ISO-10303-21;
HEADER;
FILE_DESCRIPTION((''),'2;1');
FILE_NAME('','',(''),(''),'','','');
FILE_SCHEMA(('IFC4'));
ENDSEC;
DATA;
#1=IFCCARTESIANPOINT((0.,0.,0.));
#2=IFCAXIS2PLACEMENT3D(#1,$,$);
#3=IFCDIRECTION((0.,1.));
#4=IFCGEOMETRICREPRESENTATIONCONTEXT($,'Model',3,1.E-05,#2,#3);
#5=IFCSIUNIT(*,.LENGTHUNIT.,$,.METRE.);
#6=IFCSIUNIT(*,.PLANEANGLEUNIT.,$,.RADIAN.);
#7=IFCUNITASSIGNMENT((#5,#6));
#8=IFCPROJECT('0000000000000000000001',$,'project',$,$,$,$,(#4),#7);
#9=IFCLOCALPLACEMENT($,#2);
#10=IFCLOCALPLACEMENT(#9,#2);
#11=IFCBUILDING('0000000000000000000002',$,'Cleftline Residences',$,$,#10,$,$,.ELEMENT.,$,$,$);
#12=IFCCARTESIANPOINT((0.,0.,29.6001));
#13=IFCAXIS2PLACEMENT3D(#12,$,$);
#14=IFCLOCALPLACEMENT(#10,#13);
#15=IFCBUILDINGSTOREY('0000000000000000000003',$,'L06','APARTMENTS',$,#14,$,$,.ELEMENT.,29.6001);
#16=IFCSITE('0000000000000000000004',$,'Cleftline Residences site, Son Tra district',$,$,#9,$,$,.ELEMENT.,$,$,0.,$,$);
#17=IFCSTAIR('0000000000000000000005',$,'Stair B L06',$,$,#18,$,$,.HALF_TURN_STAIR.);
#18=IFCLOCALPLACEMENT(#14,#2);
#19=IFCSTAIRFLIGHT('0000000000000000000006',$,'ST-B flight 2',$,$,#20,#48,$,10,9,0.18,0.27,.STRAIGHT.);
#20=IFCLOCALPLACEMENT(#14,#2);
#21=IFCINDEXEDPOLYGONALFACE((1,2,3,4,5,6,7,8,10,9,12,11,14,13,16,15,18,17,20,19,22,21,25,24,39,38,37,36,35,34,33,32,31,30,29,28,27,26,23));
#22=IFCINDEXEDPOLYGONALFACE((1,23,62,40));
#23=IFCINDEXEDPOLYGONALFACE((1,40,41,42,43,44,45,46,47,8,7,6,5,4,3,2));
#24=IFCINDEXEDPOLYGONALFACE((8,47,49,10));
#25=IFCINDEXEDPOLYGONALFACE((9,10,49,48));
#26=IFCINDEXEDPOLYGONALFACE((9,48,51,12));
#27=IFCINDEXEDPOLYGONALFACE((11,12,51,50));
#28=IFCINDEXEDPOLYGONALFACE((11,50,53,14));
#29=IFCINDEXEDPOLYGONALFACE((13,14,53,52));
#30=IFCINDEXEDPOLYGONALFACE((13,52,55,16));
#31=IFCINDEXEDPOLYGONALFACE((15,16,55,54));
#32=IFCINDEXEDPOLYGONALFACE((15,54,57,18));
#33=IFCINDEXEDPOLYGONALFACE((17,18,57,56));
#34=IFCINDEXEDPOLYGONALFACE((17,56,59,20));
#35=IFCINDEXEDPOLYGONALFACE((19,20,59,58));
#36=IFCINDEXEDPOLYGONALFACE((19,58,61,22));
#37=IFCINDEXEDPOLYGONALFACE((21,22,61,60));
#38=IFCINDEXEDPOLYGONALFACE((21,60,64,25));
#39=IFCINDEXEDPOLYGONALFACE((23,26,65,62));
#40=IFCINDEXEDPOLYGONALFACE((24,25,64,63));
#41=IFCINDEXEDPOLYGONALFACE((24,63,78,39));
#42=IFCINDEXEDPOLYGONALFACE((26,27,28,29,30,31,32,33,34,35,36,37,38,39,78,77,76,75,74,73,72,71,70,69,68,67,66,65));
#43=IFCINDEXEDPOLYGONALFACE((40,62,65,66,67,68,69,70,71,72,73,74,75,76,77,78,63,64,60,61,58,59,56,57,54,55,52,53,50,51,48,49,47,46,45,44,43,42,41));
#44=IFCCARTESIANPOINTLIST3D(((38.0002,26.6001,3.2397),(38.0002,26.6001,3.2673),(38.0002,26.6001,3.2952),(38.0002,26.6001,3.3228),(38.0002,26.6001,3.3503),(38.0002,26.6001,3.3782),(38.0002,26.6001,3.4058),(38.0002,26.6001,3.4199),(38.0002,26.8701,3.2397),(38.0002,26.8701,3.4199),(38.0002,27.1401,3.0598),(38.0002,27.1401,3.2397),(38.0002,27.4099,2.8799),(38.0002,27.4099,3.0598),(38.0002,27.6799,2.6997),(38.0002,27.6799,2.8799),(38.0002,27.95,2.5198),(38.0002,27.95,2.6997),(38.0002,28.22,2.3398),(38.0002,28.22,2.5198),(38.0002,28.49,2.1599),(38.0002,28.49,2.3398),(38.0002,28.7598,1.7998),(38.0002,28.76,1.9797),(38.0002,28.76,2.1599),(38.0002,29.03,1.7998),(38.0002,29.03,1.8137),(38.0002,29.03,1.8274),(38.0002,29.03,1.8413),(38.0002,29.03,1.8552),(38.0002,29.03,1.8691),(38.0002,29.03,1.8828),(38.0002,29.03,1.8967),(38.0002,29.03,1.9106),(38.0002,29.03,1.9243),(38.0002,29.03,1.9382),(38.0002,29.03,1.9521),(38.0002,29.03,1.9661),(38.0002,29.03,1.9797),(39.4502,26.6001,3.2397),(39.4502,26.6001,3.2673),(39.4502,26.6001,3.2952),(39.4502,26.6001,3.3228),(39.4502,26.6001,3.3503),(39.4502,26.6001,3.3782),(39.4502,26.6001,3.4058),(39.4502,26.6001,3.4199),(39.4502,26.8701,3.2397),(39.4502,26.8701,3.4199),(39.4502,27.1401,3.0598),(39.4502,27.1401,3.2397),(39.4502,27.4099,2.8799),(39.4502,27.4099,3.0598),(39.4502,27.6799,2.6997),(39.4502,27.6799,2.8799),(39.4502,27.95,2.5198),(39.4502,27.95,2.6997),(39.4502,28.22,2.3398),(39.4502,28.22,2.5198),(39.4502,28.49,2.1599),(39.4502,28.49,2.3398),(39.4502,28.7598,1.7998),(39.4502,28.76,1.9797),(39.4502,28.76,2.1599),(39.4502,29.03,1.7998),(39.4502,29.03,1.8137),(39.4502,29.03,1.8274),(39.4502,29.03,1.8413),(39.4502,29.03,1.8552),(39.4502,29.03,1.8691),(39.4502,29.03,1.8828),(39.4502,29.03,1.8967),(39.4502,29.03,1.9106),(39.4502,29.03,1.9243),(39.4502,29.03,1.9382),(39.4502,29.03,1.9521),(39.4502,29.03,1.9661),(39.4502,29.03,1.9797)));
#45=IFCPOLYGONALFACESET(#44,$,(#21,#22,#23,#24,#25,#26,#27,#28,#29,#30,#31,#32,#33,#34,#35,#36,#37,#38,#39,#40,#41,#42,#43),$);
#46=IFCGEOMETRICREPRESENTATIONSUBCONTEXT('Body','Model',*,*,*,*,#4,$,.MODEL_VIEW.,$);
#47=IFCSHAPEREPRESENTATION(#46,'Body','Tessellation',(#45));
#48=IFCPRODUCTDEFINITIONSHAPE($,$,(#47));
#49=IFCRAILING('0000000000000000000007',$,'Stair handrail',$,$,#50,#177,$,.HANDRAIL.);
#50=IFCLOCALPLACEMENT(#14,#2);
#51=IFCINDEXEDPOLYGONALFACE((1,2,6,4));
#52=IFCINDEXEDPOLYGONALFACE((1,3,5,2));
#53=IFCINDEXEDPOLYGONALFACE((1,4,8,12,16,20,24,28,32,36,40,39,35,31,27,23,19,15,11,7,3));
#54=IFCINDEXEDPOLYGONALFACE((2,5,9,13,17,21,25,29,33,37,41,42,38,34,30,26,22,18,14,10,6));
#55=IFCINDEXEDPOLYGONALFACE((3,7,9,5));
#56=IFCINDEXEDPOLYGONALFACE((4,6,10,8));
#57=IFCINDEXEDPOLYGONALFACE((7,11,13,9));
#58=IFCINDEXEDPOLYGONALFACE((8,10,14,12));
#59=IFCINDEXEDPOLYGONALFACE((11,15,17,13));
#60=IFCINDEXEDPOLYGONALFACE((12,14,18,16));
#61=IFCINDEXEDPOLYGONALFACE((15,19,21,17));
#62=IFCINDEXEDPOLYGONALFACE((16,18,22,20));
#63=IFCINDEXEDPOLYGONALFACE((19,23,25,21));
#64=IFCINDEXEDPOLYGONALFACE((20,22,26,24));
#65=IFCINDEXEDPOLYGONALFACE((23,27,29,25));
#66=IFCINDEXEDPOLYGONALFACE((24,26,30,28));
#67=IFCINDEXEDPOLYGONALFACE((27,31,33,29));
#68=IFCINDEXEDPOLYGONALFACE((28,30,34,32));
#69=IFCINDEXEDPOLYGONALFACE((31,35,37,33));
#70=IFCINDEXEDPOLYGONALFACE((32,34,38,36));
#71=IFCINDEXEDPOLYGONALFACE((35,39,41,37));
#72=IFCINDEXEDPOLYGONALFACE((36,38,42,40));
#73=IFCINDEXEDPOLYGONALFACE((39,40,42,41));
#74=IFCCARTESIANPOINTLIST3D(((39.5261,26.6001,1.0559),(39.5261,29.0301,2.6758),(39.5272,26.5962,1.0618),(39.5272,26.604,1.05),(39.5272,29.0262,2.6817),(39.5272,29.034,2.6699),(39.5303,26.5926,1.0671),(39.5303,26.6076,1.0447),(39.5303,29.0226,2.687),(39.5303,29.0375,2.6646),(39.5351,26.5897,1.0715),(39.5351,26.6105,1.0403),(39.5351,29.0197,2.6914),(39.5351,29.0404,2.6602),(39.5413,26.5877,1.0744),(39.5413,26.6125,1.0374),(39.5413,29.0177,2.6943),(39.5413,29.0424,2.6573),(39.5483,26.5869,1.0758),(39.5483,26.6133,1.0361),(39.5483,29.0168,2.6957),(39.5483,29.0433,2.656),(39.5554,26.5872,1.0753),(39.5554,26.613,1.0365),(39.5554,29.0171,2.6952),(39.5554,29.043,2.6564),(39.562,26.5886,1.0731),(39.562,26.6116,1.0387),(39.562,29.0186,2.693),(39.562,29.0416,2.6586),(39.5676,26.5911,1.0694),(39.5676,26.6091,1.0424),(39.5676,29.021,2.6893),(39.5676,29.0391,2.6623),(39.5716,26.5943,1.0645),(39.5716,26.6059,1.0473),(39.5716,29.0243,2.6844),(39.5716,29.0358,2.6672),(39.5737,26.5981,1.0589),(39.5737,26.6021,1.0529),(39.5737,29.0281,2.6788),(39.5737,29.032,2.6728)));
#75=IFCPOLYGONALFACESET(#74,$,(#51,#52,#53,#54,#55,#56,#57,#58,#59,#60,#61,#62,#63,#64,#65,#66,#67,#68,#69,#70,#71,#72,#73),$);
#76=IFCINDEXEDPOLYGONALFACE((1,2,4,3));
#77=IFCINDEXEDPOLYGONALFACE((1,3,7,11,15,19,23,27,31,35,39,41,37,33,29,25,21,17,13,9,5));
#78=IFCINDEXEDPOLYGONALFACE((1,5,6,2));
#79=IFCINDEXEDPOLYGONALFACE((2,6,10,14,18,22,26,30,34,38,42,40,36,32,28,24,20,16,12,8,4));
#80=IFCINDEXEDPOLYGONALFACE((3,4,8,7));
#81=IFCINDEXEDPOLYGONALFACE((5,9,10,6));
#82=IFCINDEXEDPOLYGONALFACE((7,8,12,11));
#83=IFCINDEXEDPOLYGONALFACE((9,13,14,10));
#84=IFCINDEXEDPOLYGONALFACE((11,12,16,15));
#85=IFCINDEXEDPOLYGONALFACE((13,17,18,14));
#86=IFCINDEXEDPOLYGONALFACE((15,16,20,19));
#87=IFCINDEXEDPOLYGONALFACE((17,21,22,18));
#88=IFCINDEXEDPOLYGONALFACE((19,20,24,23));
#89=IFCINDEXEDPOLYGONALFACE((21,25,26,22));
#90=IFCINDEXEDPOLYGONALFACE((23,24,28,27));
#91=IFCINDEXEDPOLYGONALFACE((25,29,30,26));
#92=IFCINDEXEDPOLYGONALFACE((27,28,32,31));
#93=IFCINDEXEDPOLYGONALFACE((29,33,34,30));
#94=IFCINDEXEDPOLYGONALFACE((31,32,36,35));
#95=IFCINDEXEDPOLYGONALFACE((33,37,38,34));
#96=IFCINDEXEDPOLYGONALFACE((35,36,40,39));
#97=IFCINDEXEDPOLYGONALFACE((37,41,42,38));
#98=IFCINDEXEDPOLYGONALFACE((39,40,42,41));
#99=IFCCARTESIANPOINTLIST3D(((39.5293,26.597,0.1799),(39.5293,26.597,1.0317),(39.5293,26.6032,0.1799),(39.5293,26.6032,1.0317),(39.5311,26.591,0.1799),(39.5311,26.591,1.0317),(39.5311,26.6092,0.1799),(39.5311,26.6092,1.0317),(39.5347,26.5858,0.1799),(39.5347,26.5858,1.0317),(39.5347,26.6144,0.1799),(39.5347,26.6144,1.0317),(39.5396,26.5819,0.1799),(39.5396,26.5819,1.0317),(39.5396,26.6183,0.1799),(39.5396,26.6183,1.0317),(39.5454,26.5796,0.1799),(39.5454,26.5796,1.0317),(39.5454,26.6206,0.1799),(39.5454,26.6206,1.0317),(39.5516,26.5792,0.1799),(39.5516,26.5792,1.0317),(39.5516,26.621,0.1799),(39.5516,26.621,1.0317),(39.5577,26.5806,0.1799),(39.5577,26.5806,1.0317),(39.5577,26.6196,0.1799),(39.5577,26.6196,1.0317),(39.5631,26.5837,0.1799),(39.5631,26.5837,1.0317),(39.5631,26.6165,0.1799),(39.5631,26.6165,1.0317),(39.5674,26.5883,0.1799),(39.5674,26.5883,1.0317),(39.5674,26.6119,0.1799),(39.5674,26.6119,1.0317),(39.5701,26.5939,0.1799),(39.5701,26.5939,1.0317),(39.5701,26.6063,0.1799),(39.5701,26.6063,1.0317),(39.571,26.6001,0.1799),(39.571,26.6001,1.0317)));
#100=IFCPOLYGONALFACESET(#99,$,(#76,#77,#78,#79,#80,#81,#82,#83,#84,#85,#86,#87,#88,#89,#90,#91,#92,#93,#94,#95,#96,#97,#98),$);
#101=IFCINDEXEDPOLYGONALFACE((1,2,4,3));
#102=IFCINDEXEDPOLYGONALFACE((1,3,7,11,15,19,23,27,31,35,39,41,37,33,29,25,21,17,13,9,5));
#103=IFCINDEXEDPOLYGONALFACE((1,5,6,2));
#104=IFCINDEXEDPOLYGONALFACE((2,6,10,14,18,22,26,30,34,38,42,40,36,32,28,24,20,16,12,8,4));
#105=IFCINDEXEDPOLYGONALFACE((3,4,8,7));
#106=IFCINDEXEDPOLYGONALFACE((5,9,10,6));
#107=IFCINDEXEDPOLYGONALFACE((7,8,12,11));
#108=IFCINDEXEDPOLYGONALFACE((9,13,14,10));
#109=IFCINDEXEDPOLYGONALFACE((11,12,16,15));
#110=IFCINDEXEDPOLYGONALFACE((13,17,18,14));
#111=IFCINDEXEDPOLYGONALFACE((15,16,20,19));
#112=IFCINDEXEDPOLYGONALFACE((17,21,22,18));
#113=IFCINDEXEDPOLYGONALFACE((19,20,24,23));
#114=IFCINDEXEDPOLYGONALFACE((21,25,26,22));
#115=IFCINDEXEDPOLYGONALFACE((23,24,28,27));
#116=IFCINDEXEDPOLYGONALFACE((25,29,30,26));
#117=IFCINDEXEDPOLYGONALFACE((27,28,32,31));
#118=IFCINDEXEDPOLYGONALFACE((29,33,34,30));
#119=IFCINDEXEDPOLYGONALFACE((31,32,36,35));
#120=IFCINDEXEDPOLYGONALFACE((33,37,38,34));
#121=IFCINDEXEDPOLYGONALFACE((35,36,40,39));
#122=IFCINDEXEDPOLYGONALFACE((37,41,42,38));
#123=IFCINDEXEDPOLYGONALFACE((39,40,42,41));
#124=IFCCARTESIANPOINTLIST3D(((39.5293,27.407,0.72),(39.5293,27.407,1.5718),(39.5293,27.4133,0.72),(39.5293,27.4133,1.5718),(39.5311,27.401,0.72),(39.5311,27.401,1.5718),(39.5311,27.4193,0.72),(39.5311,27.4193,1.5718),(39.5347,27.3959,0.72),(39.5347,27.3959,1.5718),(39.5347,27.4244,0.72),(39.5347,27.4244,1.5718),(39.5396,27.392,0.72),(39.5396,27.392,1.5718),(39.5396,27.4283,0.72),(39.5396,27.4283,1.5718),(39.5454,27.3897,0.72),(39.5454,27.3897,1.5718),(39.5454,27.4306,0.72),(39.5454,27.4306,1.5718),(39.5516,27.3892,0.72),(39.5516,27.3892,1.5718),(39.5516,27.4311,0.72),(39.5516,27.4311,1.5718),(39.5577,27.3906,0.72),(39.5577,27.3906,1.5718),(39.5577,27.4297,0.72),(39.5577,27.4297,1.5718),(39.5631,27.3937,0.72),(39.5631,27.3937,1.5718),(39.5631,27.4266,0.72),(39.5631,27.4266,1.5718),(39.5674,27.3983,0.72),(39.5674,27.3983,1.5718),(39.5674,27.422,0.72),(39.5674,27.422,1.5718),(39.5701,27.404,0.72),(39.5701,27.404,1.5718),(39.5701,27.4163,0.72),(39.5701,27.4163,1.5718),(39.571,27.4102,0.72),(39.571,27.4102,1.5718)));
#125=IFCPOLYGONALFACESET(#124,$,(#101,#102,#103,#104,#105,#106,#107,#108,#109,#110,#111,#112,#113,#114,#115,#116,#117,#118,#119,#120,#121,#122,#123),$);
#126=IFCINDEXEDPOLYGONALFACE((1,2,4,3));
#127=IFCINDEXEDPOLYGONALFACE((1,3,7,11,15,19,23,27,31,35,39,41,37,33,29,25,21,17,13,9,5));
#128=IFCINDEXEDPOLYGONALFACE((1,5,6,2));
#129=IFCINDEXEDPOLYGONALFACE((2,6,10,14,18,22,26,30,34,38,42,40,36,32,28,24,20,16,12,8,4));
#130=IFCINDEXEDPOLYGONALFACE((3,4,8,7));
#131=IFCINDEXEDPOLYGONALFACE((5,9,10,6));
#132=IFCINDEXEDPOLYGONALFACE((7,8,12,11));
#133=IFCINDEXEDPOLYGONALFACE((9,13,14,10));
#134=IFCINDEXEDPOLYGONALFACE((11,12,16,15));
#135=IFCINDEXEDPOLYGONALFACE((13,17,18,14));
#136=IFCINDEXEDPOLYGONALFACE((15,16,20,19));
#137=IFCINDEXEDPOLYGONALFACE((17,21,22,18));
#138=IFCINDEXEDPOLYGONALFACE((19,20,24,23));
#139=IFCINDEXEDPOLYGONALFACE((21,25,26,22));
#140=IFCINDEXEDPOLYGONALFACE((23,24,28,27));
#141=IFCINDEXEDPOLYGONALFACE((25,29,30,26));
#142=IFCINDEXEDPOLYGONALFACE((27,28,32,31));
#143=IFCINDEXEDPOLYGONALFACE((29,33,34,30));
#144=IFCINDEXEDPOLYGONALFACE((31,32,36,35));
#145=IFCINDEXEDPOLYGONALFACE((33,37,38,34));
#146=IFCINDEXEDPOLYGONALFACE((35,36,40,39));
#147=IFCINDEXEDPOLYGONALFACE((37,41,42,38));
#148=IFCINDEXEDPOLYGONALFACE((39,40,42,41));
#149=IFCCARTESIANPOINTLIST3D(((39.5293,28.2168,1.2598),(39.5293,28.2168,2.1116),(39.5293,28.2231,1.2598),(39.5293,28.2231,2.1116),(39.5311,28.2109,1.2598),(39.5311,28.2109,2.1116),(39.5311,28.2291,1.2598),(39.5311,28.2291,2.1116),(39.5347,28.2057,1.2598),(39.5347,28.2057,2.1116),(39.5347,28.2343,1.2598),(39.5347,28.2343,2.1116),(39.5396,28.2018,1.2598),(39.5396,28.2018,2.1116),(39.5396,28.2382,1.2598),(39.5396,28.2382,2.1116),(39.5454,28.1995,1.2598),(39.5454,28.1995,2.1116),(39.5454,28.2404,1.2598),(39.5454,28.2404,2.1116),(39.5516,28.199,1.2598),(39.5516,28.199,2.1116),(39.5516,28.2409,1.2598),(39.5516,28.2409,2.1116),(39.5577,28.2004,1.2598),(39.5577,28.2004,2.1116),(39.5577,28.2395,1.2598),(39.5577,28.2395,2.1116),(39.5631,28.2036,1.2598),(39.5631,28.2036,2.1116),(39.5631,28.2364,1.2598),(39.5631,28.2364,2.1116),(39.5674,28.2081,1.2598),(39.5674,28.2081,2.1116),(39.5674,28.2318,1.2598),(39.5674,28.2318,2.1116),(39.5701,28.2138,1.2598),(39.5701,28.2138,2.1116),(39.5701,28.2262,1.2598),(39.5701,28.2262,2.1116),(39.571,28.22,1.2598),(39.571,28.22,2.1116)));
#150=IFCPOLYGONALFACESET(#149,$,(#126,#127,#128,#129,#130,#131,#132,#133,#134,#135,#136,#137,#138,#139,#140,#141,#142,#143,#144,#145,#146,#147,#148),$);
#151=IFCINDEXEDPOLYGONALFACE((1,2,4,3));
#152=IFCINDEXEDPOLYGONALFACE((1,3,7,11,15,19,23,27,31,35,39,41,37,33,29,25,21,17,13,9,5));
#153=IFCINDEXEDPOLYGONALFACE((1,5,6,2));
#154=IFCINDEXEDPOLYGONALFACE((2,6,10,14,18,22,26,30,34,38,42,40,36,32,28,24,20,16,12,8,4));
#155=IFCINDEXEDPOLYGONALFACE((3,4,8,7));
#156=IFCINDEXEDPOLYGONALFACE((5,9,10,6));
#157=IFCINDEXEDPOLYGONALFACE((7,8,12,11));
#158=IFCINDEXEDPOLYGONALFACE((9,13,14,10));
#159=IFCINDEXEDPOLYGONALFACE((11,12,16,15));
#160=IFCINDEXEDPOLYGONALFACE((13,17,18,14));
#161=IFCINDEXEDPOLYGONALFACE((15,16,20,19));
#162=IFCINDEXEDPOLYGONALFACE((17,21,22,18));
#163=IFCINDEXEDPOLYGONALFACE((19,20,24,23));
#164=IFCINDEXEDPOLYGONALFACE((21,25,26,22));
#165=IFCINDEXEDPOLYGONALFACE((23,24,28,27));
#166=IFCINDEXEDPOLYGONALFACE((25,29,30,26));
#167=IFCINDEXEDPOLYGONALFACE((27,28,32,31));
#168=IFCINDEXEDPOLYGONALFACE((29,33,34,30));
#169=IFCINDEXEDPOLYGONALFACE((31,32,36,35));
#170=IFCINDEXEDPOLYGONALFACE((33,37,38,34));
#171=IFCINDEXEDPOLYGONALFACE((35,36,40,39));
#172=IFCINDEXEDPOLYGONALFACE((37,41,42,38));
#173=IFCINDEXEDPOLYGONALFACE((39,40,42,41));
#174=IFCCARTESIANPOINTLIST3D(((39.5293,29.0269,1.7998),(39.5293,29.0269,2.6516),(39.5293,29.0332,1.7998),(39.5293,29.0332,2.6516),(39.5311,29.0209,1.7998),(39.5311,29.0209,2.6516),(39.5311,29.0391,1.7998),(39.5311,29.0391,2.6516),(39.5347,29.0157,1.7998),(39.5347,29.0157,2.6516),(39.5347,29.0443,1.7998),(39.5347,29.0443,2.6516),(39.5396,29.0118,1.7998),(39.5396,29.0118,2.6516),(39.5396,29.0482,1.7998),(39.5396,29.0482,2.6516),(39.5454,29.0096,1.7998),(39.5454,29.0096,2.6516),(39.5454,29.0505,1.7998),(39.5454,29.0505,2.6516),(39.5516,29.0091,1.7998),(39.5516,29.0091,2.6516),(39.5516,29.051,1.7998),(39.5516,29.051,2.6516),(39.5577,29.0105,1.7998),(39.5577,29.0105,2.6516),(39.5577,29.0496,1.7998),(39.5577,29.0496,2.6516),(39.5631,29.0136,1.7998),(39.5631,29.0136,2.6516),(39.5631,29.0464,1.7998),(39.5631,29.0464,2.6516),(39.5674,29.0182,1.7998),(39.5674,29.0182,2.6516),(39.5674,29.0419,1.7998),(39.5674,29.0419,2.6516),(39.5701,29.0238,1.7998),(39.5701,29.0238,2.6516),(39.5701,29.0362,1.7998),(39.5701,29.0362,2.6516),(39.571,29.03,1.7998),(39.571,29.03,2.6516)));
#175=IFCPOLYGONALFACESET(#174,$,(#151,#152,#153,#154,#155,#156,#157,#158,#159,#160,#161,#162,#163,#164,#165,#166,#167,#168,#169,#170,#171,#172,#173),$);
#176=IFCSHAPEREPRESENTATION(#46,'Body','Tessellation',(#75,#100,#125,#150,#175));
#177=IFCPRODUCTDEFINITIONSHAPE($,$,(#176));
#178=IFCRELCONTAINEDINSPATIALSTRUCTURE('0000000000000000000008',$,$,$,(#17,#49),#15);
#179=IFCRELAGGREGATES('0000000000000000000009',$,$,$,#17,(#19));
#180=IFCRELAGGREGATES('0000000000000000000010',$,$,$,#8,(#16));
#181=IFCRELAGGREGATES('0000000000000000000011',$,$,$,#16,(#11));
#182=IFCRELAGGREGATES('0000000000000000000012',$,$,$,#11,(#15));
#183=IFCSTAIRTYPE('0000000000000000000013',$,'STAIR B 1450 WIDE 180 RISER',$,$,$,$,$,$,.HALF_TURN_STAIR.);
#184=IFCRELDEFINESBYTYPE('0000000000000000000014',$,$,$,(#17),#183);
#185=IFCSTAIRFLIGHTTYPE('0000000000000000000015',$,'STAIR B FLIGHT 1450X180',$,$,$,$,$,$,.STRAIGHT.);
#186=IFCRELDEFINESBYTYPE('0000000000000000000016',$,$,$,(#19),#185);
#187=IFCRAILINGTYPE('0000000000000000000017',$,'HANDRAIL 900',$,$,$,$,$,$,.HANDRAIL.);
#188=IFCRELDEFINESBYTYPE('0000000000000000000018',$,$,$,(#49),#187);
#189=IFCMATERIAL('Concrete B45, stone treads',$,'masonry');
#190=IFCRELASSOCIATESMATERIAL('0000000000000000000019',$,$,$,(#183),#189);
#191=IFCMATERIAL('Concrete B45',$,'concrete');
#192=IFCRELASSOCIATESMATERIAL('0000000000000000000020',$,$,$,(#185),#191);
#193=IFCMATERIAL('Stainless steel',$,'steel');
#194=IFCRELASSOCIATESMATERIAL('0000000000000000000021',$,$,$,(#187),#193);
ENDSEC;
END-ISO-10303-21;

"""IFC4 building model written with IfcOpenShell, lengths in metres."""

from ifc_helpers import new_model, si_unit, direction, frame, origin, origin_2d, place, context, subcontext, project, spatial, polyline, circle, outline, extrude, material, type_object, element, aggregate, save


model = new_model("IFC4")

# Units and contexts
model_context = context("Model", 3, precision=1e-05, world=origin(), true_north=direction((0.0, 1.0)))
body_context = subcontext(model_context, "Body", "Model", "MODEL_VIEW")
ifc_project = project(units=[si_unit("LENGTHUNIT", "METRE"), si_unit("PLANEANGLEUNIT", "RADIAN")], contexts=[model_context])

# Site, building, storey
site_placement = place(None, origin())
site = spatial("IfcSite", under=ifc_project, at=site_placement, Name="Cleftline Residences site, Son Tra district", CompositionType="ELEMENT", RefElevation=0.0)
building_placement = place(site_placement, origin())
building = spatial("IfcBuilding", under=site, at=building_placement, Name="Cleftline Residences", CompositionType="ELEMENT")
storey_placement = place(building_placement, frame((0.0, 0.0, 29.6001)))
storey = spatial("IfcBuildingStorey", under=building, at=storey_placement, Name="L06", Description="APARTMENTS", CompositionType="ELEMENT", Elevation=29.6001)

# Stair, stair flight
ifc_material_1 = material(Name="Concrete B45, stone treads", Category="masonry")
stair_type = type_object("IfcStairType", Name="STAIR B 1450 WIDE 180 RISER", PredefinedType="HALF_TURN_STAIR", material=ifc_material_1)
stair_placement = place(storey_placement, origin())
stair = element("IfcStair", 1, at=stair_placement, inside=storey, type_object=stair_type, Name="Stair B L06", PredefinedType="HALF_TURN_STAIR")
ifc_material_2 = material(Name="Concrete B45", Category="concrete")
stair_flight_type = type_object("IfcStairFlightType", Name="STAIR B FLIGHT 1450X180", PredefinedType="STRAIGHT", material=ifc_material_2)
stair_flight_1_placement = place(storey_placement, frame((38.7251, 29.03, 1.7998), z_axis=(0.0, 0.0, 1.0), x_axis=(0.0, -1.0, 0.0)))
stair_flight_1 = element("IfcStairFlight", 2, at=stair_flight_1_placement, type_object=stair_flight_type, Name="ST-B flight 2", NumberOfRisers=10, NumberOfTreads=9, PredefinedType="STRAIGHT", RiserHeight=0.18, TreadLength=0.27, context=body_context, shape_type="SweptSolid", body=[
    extrude(outline(polyline([(0.0, 0.0), (0.0, 0.0139), (0.0, 0.0276), (0.0, 0.0415), (0.0, 0.0554), (0.0, 0.0693), (0.0, 0.083), (0.0, 0.0969), (0.0, 0.1108), (0.0, 0.1245), (0.0, 0.1384), (0.0, 0.1523), (0.0, 0.1663), (0.0, 0.1799), (0.27, 0.1799), (0.27, 0.3601), (0.54, 0.3601), (0.54, 0.54), (0.8101, 0.54), (0.8101, 0.72), (1.0801, 0.72), (1.0801, 0.8999), (1.3501, 0.8999), (1.3501, 1.0801), (1.6201, 1.0801), (1.6201, 1.26), (1.8899, 1.26), (1.8899, 1.4399), (2.1599, 1.4399), (2.1599, 1.6201), (2.4299, 1.6201), (2.4299, 1.8), (2.4299, 1.7722), (2.4299, 1.7446), (2.4299, 1.7168), (2.4299, 1.6892), (2.4299, 1.6614), (2.4299, 1.6338), (2.4299, 1.606), (2.4299, 1.5784), (2.4299, 1.5505), (2.4299, 1.5229), (2.4299, 1.4954), (2.4299, 1.4675), (2.4299, 1.4399), (0.2703, 0.0), (0.0, 0.0)])), frame((0.0, 0.7251, 0.0), z_axis=(0.0, -1.0, 0.0), x_axis=(1.0, 0.0, 0.0)), (0.0, 0.0, 1.0), 1.45),
])
aggregate(stair, [stair_flight_1])

# Railing
ifc_material_3 = material(Name="Stainless steel", Category="steel")
railing_type = type_object("IfcRailingType", Name="HANDRAIL 900", PredefinedType="HANDRAIL", material=ifc_material_3)
railing_1_placement = place(storey_placement, frame((39.55, 26.6001, 0.1799)))
element("IfcRailing", 3, at=railing_1_placement, inside=storey, type_object=railing_type, Name="Stair handrail", PredefinedType="HANDRAIL", context=body_context, shape_type="SweptSolid", body=[
    extrude(circle(Radius=0.0239, at=origin_2d()), frame((0.0, 0.0, 0.876), z_axis=(0.0, 0.832063, 0.554681), x_axis=(-1.0, 0.0, 0.0)), (0.0, 0.0, 1.0), 2.9204),
    extrude(circle(Radius=0.021, at=origin_2d()), origin(), (0.0, 0.0, 1.0), 0.8518),
    extrude(circle(Radius=0.021, at=origin_2d()), frame((0.0, 0.8101, 0.54)), (0.0, 0.0, 1.0), 0.8518),
    extrude(circle(Radius=0.021, at=origin_2d()), frame((0.0, 1.6199, 1.0798)), (0.0, 0.0, 1.0), 0.8518),
    extrude(circle(Radius=0.021, at=origin_2d()), frame((0.0, 2.4299, 1.6199)), (0.0, 0.0, 1.0), 0.8518),
])

save(model, "model.ifc")
